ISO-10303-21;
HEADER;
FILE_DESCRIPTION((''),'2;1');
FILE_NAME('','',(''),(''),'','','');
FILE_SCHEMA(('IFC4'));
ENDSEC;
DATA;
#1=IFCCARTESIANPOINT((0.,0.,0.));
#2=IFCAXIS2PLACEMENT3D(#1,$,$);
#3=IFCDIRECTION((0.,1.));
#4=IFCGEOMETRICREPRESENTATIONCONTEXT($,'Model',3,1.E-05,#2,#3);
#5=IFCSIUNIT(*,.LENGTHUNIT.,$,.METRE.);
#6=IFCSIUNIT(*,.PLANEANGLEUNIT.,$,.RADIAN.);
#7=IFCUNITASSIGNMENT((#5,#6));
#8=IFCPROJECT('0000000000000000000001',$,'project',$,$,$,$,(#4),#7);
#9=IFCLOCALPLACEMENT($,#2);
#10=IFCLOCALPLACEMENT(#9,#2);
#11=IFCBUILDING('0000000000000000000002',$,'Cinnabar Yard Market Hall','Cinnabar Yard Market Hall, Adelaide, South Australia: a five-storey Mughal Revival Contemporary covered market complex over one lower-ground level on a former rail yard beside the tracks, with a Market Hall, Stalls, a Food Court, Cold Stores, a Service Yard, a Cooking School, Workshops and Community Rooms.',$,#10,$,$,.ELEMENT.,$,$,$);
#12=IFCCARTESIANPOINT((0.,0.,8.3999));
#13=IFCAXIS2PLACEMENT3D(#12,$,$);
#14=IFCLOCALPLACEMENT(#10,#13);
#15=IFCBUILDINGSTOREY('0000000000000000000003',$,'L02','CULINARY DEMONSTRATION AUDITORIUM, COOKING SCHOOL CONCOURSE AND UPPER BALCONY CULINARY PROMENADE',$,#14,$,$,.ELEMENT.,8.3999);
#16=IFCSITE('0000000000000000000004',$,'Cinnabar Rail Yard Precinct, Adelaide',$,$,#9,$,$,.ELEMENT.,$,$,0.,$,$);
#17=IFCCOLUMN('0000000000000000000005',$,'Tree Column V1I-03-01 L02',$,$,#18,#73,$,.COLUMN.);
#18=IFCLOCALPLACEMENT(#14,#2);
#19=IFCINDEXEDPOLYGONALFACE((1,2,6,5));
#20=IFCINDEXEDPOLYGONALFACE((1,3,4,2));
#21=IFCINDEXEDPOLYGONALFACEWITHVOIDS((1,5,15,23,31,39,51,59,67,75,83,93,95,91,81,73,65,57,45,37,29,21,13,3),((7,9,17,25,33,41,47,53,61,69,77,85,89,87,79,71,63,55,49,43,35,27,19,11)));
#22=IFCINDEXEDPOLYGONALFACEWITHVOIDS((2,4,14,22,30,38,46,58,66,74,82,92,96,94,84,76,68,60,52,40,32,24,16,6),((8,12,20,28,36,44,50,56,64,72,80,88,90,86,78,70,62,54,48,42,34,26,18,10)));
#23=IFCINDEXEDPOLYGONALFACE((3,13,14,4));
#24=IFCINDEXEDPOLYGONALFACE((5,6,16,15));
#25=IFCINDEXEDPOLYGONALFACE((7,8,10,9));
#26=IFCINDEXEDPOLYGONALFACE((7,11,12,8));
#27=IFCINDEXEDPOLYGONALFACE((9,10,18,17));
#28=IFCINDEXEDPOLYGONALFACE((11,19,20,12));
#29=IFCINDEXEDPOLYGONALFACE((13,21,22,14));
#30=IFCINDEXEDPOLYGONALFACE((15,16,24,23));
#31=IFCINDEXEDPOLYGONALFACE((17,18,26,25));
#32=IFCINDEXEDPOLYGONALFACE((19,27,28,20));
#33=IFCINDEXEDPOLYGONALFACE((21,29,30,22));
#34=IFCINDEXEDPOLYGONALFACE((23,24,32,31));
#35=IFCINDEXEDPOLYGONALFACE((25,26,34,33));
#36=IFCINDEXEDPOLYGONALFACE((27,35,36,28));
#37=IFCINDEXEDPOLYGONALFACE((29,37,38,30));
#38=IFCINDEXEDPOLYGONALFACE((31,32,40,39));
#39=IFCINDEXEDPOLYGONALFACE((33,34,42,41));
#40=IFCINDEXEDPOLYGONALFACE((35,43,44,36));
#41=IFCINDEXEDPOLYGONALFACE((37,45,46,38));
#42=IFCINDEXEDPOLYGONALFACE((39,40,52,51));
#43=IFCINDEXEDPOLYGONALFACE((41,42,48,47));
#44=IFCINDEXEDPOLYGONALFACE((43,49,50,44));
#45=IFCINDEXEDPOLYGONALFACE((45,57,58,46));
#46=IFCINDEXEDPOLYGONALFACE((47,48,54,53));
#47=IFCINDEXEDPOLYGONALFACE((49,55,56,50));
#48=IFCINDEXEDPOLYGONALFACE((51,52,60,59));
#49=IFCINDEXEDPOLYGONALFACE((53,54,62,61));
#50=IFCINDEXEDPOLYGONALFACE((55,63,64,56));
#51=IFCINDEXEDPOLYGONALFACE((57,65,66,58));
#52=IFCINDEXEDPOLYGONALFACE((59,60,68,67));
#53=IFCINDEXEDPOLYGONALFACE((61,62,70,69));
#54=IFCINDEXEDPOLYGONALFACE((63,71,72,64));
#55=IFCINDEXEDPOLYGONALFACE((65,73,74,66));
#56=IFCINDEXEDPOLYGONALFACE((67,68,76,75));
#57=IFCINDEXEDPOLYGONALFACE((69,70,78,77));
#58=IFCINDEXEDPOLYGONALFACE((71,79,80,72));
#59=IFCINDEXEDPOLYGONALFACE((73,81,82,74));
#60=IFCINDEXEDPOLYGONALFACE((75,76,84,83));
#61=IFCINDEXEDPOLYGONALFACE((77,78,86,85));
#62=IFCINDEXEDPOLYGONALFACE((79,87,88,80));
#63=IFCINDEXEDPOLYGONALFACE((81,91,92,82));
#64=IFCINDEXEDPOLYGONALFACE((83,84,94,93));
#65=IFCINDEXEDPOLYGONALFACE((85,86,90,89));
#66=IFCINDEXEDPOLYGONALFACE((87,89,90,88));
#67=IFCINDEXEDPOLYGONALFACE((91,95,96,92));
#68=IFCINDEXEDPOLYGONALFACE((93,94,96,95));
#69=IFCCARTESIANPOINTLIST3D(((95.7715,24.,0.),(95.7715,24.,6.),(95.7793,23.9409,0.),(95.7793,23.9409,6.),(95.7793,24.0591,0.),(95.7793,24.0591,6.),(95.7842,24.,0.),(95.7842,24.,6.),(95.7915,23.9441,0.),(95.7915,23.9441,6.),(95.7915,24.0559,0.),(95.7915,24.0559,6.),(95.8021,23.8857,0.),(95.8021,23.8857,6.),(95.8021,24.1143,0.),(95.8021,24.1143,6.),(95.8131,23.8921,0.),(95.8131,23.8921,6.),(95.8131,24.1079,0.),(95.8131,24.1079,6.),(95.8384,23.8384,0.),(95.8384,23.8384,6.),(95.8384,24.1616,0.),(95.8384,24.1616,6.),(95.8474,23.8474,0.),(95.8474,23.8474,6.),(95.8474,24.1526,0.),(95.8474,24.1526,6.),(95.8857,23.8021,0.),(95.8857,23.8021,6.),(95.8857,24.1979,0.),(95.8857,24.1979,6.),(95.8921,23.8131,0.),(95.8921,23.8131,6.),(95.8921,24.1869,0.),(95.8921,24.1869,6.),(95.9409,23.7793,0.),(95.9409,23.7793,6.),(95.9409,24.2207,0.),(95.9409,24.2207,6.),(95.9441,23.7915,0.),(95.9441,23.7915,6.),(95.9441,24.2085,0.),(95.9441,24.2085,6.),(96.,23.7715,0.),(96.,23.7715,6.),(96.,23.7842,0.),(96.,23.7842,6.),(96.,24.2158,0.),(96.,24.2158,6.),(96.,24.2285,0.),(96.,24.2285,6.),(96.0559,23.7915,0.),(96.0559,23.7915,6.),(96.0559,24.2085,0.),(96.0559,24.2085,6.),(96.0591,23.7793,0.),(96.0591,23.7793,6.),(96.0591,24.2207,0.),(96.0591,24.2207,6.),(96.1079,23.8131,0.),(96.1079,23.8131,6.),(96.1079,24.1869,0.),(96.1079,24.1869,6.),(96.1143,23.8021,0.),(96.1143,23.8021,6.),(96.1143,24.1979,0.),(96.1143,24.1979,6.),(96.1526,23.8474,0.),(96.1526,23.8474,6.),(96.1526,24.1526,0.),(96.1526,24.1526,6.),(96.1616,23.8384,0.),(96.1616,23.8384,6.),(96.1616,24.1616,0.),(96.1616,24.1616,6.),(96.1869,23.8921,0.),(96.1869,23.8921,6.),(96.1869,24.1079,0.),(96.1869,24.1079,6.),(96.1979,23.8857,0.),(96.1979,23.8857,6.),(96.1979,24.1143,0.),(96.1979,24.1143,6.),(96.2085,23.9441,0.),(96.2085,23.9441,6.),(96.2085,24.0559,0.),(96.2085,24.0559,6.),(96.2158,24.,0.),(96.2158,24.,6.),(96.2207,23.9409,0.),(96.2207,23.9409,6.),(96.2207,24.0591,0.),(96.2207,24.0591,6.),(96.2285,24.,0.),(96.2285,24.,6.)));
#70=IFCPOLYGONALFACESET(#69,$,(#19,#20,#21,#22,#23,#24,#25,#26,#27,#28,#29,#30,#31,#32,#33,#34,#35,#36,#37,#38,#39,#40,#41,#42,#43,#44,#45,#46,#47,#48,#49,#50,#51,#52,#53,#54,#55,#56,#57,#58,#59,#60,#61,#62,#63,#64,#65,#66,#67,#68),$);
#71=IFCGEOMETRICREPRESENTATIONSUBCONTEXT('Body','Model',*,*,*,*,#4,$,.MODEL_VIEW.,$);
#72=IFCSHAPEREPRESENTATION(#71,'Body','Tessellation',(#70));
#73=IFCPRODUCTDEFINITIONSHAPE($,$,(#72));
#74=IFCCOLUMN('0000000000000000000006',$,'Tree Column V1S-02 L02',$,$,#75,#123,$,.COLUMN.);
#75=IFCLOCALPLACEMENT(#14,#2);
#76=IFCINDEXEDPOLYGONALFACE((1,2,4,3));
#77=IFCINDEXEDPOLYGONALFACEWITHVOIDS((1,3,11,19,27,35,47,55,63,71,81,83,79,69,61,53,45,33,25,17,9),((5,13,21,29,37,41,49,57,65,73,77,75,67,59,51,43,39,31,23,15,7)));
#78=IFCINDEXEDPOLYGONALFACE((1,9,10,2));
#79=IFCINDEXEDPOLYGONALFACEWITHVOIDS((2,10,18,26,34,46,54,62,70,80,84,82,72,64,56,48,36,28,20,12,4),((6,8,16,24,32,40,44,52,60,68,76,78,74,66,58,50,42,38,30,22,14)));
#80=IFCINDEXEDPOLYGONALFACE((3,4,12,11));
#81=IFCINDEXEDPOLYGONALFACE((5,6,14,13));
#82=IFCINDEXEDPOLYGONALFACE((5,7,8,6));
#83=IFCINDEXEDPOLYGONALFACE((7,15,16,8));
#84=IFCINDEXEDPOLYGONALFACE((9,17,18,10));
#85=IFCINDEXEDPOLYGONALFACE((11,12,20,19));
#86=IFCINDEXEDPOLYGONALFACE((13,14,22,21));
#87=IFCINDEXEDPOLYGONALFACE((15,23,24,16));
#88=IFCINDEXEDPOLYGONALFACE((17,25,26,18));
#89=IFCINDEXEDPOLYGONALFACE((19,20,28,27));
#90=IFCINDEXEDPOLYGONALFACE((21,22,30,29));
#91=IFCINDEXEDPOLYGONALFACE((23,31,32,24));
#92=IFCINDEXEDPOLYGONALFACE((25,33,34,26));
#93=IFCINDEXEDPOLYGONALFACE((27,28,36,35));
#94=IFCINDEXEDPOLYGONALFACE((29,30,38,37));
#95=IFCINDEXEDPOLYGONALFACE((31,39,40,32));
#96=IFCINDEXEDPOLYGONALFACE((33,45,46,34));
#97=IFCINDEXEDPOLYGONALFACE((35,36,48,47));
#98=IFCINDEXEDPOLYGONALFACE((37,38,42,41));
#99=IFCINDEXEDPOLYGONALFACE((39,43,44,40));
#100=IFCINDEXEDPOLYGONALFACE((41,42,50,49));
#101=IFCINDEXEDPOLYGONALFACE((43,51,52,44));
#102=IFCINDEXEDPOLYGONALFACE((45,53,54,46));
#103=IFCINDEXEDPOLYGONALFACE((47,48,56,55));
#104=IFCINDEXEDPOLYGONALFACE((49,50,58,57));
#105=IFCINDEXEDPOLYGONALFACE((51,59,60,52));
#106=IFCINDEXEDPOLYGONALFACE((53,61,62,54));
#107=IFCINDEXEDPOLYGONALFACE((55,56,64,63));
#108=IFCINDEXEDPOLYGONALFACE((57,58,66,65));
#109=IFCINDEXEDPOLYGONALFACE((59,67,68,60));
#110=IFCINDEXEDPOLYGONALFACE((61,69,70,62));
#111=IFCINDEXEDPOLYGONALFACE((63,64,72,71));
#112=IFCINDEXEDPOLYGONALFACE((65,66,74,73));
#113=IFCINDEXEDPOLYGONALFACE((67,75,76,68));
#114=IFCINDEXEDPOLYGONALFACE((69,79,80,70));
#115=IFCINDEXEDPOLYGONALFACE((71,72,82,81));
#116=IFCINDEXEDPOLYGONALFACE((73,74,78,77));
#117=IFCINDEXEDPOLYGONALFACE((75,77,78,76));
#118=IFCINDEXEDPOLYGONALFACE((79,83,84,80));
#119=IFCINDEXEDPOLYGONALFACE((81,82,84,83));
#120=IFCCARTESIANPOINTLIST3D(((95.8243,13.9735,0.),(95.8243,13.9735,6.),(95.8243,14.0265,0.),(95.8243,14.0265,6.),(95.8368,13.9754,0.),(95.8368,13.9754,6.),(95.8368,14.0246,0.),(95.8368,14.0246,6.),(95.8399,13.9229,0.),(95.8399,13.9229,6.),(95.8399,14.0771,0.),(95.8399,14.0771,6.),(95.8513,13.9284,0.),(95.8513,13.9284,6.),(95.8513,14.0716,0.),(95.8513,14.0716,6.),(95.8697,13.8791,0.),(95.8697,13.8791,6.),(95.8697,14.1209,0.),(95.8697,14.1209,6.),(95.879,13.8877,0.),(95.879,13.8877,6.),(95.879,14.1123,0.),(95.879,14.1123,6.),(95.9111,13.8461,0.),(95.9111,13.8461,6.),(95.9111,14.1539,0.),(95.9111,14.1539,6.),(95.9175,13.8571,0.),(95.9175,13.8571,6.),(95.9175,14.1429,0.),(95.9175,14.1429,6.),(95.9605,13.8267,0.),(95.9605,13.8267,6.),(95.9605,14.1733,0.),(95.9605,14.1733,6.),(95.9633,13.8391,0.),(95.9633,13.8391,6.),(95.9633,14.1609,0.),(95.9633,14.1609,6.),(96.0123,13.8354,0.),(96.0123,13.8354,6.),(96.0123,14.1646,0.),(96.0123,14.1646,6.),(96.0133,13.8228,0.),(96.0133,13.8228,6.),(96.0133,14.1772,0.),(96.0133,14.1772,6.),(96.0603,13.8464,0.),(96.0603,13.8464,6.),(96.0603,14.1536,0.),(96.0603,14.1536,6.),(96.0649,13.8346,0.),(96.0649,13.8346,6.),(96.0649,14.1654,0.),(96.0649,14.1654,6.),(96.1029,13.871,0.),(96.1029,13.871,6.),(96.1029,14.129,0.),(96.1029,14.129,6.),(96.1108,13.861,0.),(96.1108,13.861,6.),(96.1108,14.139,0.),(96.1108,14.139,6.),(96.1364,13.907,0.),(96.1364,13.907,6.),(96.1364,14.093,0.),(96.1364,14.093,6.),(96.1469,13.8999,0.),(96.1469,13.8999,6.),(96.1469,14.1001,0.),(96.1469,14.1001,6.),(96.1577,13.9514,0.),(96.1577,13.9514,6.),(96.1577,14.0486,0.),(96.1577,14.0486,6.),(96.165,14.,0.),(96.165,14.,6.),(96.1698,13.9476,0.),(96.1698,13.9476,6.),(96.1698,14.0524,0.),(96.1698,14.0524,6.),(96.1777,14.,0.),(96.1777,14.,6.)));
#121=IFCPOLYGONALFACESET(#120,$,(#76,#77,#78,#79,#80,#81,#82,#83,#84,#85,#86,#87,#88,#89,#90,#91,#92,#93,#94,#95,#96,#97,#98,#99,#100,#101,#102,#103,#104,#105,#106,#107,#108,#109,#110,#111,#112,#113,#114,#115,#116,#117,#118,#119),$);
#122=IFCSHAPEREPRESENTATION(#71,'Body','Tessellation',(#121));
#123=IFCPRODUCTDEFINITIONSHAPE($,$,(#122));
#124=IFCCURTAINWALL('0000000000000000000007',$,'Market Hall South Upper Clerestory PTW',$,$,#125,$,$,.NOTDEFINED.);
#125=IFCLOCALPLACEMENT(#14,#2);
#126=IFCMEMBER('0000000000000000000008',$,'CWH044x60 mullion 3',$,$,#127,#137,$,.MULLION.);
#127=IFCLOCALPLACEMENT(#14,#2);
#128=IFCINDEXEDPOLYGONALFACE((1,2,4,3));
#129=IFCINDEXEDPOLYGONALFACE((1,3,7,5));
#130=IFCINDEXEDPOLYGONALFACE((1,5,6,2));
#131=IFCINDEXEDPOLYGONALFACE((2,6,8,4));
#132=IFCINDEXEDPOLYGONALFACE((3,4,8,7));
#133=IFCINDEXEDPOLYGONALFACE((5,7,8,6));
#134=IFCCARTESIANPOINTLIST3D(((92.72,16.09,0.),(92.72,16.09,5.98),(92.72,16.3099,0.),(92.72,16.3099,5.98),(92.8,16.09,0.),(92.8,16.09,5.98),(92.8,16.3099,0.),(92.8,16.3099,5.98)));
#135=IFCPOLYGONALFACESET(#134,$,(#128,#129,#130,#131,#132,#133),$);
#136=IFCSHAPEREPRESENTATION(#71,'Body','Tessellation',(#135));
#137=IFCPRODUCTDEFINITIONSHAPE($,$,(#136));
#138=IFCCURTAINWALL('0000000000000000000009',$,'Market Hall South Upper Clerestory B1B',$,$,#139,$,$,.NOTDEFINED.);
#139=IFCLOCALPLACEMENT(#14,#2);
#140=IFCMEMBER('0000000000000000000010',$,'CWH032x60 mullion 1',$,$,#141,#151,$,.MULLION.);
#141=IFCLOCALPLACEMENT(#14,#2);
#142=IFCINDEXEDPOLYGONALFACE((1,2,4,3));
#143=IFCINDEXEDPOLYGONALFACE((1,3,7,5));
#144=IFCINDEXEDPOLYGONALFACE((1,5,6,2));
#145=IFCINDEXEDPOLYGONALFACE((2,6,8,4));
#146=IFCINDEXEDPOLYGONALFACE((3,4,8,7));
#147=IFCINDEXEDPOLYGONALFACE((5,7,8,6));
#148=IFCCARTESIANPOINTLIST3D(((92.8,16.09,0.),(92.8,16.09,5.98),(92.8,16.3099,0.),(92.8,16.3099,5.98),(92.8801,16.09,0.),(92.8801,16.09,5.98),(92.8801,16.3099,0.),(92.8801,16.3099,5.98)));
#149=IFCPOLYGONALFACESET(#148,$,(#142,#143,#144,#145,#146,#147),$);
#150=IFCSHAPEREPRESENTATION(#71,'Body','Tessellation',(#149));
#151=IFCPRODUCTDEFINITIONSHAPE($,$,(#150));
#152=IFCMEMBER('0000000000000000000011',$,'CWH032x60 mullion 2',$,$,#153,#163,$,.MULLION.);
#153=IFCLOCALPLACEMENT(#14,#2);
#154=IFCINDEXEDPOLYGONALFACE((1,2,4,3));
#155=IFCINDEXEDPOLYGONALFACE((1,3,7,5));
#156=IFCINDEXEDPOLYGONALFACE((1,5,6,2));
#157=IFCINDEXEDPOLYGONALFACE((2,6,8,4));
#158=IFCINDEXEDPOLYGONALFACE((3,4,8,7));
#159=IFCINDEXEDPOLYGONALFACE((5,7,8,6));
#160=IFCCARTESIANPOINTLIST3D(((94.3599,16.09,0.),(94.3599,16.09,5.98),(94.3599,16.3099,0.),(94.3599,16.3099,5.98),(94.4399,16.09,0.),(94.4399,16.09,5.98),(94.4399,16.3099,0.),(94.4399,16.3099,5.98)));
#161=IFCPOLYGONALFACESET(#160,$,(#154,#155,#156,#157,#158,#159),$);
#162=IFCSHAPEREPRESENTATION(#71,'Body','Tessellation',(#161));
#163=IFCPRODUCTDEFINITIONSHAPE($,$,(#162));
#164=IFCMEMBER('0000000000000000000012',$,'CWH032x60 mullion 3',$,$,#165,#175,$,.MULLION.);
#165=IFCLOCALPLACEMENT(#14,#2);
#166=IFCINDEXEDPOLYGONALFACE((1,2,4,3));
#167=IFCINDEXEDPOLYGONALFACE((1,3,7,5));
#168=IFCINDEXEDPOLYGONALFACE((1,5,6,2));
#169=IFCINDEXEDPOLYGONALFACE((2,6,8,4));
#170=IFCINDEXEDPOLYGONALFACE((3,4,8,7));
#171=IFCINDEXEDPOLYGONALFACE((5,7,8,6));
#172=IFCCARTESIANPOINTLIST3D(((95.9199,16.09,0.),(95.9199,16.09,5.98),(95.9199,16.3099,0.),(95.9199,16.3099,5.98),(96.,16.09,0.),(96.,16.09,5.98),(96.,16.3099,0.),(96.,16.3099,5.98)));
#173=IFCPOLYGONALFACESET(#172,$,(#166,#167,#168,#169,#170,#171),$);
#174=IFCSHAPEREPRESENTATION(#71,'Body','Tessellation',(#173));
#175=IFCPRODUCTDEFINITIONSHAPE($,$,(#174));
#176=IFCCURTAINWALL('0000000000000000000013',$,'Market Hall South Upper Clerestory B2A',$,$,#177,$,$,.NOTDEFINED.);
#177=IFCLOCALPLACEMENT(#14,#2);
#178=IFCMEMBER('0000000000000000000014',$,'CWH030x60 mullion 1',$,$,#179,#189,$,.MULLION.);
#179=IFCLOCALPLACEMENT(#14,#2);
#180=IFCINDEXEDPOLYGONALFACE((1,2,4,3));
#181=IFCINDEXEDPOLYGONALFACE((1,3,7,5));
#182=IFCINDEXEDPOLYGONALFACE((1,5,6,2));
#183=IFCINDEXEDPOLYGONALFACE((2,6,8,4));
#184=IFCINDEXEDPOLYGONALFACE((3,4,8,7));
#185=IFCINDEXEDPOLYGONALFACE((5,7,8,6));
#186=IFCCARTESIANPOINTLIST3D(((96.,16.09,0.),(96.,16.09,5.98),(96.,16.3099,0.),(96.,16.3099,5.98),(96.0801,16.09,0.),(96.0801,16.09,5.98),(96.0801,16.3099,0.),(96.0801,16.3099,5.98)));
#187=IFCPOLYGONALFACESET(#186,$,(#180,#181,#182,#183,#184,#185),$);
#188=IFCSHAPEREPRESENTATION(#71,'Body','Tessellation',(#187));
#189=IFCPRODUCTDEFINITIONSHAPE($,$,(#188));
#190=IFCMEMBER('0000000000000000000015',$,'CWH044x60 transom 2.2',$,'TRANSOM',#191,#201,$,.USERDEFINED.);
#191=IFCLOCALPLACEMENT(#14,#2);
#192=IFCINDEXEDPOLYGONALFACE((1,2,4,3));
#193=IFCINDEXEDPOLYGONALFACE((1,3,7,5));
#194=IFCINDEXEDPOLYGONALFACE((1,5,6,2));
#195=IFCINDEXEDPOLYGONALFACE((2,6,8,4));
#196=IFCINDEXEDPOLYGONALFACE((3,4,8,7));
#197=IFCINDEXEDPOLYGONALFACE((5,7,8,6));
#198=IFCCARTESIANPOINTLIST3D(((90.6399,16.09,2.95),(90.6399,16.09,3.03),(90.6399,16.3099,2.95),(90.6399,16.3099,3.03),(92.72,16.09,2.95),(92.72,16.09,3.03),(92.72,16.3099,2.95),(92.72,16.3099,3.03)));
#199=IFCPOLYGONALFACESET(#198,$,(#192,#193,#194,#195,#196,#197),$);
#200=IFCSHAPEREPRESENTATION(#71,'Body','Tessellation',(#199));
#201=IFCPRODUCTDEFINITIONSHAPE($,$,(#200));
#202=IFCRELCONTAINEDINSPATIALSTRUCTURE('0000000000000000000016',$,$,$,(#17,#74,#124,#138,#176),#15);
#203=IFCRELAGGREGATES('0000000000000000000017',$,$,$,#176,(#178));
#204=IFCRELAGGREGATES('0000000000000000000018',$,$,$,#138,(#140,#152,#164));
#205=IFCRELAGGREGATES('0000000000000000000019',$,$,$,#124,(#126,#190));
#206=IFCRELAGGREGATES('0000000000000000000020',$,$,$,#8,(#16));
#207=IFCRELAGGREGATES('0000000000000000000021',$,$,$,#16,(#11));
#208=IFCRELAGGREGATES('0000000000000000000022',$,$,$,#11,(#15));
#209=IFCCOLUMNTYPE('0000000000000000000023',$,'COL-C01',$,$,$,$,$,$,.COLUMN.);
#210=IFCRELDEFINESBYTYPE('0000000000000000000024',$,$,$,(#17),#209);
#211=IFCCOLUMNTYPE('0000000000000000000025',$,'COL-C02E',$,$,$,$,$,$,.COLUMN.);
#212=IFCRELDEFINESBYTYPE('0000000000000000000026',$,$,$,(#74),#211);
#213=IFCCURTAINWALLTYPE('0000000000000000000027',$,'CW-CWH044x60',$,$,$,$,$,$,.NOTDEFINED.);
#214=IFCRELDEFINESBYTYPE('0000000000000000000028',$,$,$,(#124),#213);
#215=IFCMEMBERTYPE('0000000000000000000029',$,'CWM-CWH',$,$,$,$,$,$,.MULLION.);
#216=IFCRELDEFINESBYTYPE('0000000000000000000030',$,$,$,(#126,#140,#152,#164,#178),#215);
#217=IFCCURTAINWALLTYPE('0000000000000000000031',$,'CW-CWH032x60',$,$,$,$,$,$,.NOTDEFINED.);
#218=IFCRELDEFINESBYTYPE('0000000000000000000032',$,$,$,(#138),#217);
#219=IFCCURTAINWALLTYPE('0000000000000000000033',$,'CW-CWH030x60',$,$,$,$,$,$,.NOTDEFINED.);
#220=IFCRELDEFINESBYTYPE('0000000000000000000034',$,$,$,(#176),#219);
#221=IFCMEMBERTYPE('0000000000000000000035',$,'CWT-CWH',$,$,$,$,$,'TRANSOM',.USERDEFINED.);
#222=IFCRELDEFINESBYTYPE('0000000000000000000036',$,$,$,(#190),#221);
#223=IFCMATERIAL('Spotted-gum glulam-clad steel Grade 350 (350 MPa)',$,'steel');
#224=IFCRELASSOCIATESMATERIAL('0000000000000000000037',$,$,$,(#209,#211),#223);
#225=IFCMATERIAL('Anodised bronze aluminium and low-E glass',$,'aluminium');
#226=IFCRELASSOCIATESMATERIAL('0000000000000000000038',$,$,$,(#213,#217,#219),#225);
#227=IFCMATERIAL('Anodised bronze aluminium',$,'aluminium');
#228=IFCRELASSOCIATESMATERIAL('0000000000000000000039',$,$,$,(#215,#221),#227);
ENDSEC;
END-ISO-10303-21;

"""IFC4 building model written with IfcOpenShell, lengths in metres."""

from ifc_helpers import new_model, si_unit, direction, frame, origin, origin_2d_with_axis, place, context, subcontext, project, spatial, rectangle, hollow_circle, extrude, material, material_profile, profile_set, type_object, element, aggregate, save


model = new_model("IFC4")

# Units and contexts
model_context = context("Model", 3, precision=1e-05, world=origin(), true_north=direction((0.0, 1.0)))
body_context = subcontext(model_context, "Body", "Model", "MODEL_VIEW")
ifc_project = project(units=[si_unit("LENGTHUNIT", "METRE"), si_unit("PLANEANGLEUNIT", "RADIAN")], contexts=[model_context])

# Site, building, storey
site_placement = place(None, origin())
site = spatial("IfcSite", under=ifc_project, at=site_placement, Name="Cinnabar Rail Yard Precinct, Adelaide", CompositionType="ELEMENT", RefElevation=0.0)
building_placement = place(site_placement, origin())
building = spatial("IfcBuilding", under=site, at=building_placement, Name="Cinnabar Yard Market Hall", Description="Cinnabar Yard Market Hall, Adelaide, South Australia: a five-storey Mughal Revival Contemporary covered market complex over one lower-ground level on a former rail yard beside the tracks, with a Market Hall, Stalls, a Food Court, Cold Stores, a Service Yard, a Cooking School, Workshops and Community Rooms.", CompositionType="ELEMENT")
storey_placement = place(building_placement, frame((0.0, 0.0, 8.3999)))
storey = spatial("IfcBuildingStorey", under=building, at=storey_placement, Name="L02", Description="CULINARY DEMONSTRATION AUDITORIUM, COOKING SCHOOL CONCOURSE AND UPPER BALCONY CULINARY PROMENADE", CompositionType="ELEMENT", Elevation=8.3999)

# Columns
ifc_material_1 = material(Name="Spotted-gum glulam-clad steel Grade 350 (350 MPa)", Category="steel")
ifc_material_profile_1 = material_profile(ifc_material_1, hollow_circle(Radius=0.2285, WallThickness=0.0127, at=origin_2d_with_axis()), Name="457.0x12.7CHS")
ifc_profile_set_1 = profile_set([ifc_material_profile_1], Name="Spotted-gum glulam-clad steel Grade 350 (350 MPa)")
column_type_1 = type_object("IfcColumnType", Name="COL-C01", PredefinedType="COLUMN", material=ifc_profile_set_1)
column_1_placement = place(storey_placement, frame((96.0, 24.0, 0.0), z_axis=(0.0, 0.0, 1.0), x_axis=(1.0, 0.0, 0.0)))
element("IfcColumn", 1, at=column_1_placement, inside=storey, type_object=column_type_1, Name="Tree Column V1I-03-01 L02", PredefinedType="COLUMN", context=body_context, shape_type="SweptSolid", body=[
    extrude(hollow_circle(Radius=0.2285, WallThickness=0.0127, at=origin_2d_with_axis()), origin(), (0.0, 0.0, 1.0), 6.0),
])
ifc_material_profile_2 = material_profile(ifc_material_1, hollow_circle(Radius=0.1777, WallThickness=0.0127, at=origin_2d_with_axis()), Name="355.6x12.7CHS")
ifc_profile_set_2 = profile_set([ifc_material_profile_2], Name="Spotted-gum glulam-clad steel Grade 350 (350 MPa)")
column_type_2 = type_object("IfcColumnType", Name="COL-C02E", PredefinedType="COLUMN", material=ifc_profile_set_2)
column_2_placement = place(storey_placement, frame((96.0, 14.0, 0.0), z_axis=(0.0, 0.0, 1.0), x_axis=(1.0, 0.0, 0.0)))
element("IfcColumn", 2, at=column_2_placement, inside=storey, type_object=column_type_2, Name="Tree Column V1S-02 L02", PredefinedType="COLUMN", context=body_context, shape_type="SweptSolid", body=[
    extrude(hollow_circle(Radius=0.1777, WallThickness=0.0127, at=origin_2d_with_axis()), origin(), (0.0, 0.0, 1.0), 6.0),
])

# Curtain wall, member
ifc_material_2 = material(Name="Anodised bronze aluminium and low-E glass", Category="aluminium")
curtain_wall_type_1 = type_object("IfcCurtainWallType", Name="CW-CWH044x60", PredefinedType="NOTDEFINED", material=ifc_material_2)
curtain_wall_1_placement = place(storey_placement, origin())
curtain_wall_1 = element("IfcCurtainWall", 3, at=curtain_wall_1_placement, inside=storey, type_object=curtain_wall_type_1, Name="Market Hall South Upper Clerestory PTW", PredefinedType="NOTDEFINED")
ifc_material_3 = material(Name="Anodised bronze aluminium", Category="aluminium")
ifc_material_profile_3 = material_profile(ifc_material_3, rectangle(XDim=0.22, YDim=0.0801, at=origin_2d_with_axis()), Name="MUL-CWH")
ifc_profile_set_3 = profile_set([ifc_material_profile_3], Name="Anodised bronze aluminium")
member_type_1 = type_object("IfcMemberType", Name="CWM-CWH", PredefinedType="MULLION", material=ifc_profile_set_3)
member_1_placement = place(storey_placement, frame((92.76, 16.2, 0.0), z_axis=(0.0, 0.0, 1.0), x_axis=(0.0, 1.0, 0.0)))
member_1 = element("IfcMember", 4, at=member_1_placement, type_object=member_type_1, Name="CWH044x60 mullion 3", PredefinedType="MULLION", context=body_context, shape_type="SweptSolid", body=[
    extrude(rectangle(XDim=0.22, YDim=0.0801, at=origin_2d_with_axis()), origin(), (0.0, 0.0, 1.0), 5.98),
])

# Curtain wall, members
curtain_wall_type_2 = type_object("IfcCurtainWallType", Name="CW-CWH032x60", PredefinedType="NOTDEFINED", material=ifc_material_2)
curtain_wall_2_placement = place(storey_placement, origin())
curtain_wall_2 = element("IfcCurtainWall", 5, at=curtain_wall_2_placement, inside=storey, type_object=curtain_wall_type_2, Name="Market Hall South Upper Clerestory B1B", PredefinedType="NOTDEFINED")
member_2_placement = place(storey_placement, frame((92.8401, 16.2, 0.0), z_axis=(0.0, 0.0, 1.0), x_axis=(0.0, 1.0, 0.0)))
member_2 = element("IfcMember", 6, at=member_2_placement, type_object=member_type_1, Name="CWH032x60 mullion 1", PredefinedType="MULLION", context=body_context, shape_type="SweptSolid", body=[
    extrude(rectangle(XDim=0.22, YDim=0.0801, at=origin_2d_with_axis()), origin(), (0.0, 0.0, 1.0), 5.98),
])
member_3_placement = place(storey_placement, frame((94.3999, 16.2, 0.0), z_axis=(0.0, 0.0, 1.0), x_axis=(0.0, 1.0, 0.0)))
member_3 = element("IfcMember", 7, at=member_3_placement, type_object=member_type_1, Name="CWH032x60 mullion 2", PredefinedType="MULLION", context=body_context, shape_type="SweptSolid", body=[
    extrude(rectangle(XDim=0.22, YDim=0.0801, at=origin_2d_with_axis()), origin(), (0.0, 0.0, 1.0), 5.98),
])
member_4_placement = place(storey_placement, frame((95.96, 16.2, 0.0), z_axis=(0.0, 0.0, 1.0), x_axis=(0.0, 1.0, 0.0)))
member_4 = element("IfcMember", 8, at=member_4_placement, type_object=member_type_1, Name="CWH032x60 mullion 3", PredefinedType="MULLION", context=body_context, shape_type="SweptSolid", body=[
    extrude(rectangle(XDim=0.22, YDim=0.0801, at=origin_2d_with_axis()), origin(), (0.0, 0.0, 1.0), 5.98),
])

# Curtain wall, member
curtain_wall_type_3 = type_object("IfcCurtainWallType", Name="CW-CWH030x60", PredefinedType="NOTDEFINED", material=ifc_material_2)
curtain_wall_3_placement = place(storey_placement, origin())
curtain_wall_3 = element("IfcCurtainWall", 9, at=curtain_wall_3_placement, inside=storey, type_object=curtain_wall_type_3, Name="Market Hall South Upper Clerestory B2A", PredefinedType="NOTDEFINED")
member_5_placement = place(storey_placement, frame((96.04, 16.2, 0.0), z_axis=(0.0, 0.0, 1.0), x_axis=(0.0, 1.0, 0.0)))
member_5 = element("IfcMember", 10, at=member_5_placement, type_object=member_type_1, Name="CWH030x60 mullion 1", PredefinedType="MULLION", context=body_context, shape_type="SweptSolid", body=[
    extrude(rectangle(XDim=0.22, YDim=0.0801, at=origin_2d_with_axis()), origin(), (0.0, 0.0, 1.0), 5.98),
])

# Member
ifc_material_profile_4 = material_profile(ifc_material_3, rectangle(XDim=0.22, YDim=0.0801, at=origin_2d_with_axis()), Name="TRN-CWH")
ifc_profile_set_4 = profile_set([ifc_material_profile_4], Name="Anodised bronze aluminium")
member_type_2 = type_object("IfcMemberType", Name="CWT-CWH", ElementType="TRANSOM", PredefinedType="USERDEFINED", material=ifc_profile_set_4)
member_6_placement = place(storey_placement, frame((90.6399, 16.2, 2.99), z_axis=(1.0, 0.0, 0.0), x_axis=(0.0, 1.0, 0.0)))
member_6 = element("IfcMember", 11, at=member_6_placement, type_object=member_type_2, Name="CWH044x60 transom 2.2", ObjectType="TRANSOM", PredefinedType="USERDEFINED", context=body_context, shape_type="SweptSolid", body=[
    extrude(rectangle(XDim=0.22, YDim=0.0801, at=origin_2d_with_axis()), origin(), (0.0, 0.0, 1.0), 2.0801),
])
aggregate(curtain_wall_3, [member_5])

aggregate(curtain_wall_2, [member_2, member_3, member_4])
aggregate(curtain_wall_1, [member_1, member_6])

save(model, "model.ifc")
